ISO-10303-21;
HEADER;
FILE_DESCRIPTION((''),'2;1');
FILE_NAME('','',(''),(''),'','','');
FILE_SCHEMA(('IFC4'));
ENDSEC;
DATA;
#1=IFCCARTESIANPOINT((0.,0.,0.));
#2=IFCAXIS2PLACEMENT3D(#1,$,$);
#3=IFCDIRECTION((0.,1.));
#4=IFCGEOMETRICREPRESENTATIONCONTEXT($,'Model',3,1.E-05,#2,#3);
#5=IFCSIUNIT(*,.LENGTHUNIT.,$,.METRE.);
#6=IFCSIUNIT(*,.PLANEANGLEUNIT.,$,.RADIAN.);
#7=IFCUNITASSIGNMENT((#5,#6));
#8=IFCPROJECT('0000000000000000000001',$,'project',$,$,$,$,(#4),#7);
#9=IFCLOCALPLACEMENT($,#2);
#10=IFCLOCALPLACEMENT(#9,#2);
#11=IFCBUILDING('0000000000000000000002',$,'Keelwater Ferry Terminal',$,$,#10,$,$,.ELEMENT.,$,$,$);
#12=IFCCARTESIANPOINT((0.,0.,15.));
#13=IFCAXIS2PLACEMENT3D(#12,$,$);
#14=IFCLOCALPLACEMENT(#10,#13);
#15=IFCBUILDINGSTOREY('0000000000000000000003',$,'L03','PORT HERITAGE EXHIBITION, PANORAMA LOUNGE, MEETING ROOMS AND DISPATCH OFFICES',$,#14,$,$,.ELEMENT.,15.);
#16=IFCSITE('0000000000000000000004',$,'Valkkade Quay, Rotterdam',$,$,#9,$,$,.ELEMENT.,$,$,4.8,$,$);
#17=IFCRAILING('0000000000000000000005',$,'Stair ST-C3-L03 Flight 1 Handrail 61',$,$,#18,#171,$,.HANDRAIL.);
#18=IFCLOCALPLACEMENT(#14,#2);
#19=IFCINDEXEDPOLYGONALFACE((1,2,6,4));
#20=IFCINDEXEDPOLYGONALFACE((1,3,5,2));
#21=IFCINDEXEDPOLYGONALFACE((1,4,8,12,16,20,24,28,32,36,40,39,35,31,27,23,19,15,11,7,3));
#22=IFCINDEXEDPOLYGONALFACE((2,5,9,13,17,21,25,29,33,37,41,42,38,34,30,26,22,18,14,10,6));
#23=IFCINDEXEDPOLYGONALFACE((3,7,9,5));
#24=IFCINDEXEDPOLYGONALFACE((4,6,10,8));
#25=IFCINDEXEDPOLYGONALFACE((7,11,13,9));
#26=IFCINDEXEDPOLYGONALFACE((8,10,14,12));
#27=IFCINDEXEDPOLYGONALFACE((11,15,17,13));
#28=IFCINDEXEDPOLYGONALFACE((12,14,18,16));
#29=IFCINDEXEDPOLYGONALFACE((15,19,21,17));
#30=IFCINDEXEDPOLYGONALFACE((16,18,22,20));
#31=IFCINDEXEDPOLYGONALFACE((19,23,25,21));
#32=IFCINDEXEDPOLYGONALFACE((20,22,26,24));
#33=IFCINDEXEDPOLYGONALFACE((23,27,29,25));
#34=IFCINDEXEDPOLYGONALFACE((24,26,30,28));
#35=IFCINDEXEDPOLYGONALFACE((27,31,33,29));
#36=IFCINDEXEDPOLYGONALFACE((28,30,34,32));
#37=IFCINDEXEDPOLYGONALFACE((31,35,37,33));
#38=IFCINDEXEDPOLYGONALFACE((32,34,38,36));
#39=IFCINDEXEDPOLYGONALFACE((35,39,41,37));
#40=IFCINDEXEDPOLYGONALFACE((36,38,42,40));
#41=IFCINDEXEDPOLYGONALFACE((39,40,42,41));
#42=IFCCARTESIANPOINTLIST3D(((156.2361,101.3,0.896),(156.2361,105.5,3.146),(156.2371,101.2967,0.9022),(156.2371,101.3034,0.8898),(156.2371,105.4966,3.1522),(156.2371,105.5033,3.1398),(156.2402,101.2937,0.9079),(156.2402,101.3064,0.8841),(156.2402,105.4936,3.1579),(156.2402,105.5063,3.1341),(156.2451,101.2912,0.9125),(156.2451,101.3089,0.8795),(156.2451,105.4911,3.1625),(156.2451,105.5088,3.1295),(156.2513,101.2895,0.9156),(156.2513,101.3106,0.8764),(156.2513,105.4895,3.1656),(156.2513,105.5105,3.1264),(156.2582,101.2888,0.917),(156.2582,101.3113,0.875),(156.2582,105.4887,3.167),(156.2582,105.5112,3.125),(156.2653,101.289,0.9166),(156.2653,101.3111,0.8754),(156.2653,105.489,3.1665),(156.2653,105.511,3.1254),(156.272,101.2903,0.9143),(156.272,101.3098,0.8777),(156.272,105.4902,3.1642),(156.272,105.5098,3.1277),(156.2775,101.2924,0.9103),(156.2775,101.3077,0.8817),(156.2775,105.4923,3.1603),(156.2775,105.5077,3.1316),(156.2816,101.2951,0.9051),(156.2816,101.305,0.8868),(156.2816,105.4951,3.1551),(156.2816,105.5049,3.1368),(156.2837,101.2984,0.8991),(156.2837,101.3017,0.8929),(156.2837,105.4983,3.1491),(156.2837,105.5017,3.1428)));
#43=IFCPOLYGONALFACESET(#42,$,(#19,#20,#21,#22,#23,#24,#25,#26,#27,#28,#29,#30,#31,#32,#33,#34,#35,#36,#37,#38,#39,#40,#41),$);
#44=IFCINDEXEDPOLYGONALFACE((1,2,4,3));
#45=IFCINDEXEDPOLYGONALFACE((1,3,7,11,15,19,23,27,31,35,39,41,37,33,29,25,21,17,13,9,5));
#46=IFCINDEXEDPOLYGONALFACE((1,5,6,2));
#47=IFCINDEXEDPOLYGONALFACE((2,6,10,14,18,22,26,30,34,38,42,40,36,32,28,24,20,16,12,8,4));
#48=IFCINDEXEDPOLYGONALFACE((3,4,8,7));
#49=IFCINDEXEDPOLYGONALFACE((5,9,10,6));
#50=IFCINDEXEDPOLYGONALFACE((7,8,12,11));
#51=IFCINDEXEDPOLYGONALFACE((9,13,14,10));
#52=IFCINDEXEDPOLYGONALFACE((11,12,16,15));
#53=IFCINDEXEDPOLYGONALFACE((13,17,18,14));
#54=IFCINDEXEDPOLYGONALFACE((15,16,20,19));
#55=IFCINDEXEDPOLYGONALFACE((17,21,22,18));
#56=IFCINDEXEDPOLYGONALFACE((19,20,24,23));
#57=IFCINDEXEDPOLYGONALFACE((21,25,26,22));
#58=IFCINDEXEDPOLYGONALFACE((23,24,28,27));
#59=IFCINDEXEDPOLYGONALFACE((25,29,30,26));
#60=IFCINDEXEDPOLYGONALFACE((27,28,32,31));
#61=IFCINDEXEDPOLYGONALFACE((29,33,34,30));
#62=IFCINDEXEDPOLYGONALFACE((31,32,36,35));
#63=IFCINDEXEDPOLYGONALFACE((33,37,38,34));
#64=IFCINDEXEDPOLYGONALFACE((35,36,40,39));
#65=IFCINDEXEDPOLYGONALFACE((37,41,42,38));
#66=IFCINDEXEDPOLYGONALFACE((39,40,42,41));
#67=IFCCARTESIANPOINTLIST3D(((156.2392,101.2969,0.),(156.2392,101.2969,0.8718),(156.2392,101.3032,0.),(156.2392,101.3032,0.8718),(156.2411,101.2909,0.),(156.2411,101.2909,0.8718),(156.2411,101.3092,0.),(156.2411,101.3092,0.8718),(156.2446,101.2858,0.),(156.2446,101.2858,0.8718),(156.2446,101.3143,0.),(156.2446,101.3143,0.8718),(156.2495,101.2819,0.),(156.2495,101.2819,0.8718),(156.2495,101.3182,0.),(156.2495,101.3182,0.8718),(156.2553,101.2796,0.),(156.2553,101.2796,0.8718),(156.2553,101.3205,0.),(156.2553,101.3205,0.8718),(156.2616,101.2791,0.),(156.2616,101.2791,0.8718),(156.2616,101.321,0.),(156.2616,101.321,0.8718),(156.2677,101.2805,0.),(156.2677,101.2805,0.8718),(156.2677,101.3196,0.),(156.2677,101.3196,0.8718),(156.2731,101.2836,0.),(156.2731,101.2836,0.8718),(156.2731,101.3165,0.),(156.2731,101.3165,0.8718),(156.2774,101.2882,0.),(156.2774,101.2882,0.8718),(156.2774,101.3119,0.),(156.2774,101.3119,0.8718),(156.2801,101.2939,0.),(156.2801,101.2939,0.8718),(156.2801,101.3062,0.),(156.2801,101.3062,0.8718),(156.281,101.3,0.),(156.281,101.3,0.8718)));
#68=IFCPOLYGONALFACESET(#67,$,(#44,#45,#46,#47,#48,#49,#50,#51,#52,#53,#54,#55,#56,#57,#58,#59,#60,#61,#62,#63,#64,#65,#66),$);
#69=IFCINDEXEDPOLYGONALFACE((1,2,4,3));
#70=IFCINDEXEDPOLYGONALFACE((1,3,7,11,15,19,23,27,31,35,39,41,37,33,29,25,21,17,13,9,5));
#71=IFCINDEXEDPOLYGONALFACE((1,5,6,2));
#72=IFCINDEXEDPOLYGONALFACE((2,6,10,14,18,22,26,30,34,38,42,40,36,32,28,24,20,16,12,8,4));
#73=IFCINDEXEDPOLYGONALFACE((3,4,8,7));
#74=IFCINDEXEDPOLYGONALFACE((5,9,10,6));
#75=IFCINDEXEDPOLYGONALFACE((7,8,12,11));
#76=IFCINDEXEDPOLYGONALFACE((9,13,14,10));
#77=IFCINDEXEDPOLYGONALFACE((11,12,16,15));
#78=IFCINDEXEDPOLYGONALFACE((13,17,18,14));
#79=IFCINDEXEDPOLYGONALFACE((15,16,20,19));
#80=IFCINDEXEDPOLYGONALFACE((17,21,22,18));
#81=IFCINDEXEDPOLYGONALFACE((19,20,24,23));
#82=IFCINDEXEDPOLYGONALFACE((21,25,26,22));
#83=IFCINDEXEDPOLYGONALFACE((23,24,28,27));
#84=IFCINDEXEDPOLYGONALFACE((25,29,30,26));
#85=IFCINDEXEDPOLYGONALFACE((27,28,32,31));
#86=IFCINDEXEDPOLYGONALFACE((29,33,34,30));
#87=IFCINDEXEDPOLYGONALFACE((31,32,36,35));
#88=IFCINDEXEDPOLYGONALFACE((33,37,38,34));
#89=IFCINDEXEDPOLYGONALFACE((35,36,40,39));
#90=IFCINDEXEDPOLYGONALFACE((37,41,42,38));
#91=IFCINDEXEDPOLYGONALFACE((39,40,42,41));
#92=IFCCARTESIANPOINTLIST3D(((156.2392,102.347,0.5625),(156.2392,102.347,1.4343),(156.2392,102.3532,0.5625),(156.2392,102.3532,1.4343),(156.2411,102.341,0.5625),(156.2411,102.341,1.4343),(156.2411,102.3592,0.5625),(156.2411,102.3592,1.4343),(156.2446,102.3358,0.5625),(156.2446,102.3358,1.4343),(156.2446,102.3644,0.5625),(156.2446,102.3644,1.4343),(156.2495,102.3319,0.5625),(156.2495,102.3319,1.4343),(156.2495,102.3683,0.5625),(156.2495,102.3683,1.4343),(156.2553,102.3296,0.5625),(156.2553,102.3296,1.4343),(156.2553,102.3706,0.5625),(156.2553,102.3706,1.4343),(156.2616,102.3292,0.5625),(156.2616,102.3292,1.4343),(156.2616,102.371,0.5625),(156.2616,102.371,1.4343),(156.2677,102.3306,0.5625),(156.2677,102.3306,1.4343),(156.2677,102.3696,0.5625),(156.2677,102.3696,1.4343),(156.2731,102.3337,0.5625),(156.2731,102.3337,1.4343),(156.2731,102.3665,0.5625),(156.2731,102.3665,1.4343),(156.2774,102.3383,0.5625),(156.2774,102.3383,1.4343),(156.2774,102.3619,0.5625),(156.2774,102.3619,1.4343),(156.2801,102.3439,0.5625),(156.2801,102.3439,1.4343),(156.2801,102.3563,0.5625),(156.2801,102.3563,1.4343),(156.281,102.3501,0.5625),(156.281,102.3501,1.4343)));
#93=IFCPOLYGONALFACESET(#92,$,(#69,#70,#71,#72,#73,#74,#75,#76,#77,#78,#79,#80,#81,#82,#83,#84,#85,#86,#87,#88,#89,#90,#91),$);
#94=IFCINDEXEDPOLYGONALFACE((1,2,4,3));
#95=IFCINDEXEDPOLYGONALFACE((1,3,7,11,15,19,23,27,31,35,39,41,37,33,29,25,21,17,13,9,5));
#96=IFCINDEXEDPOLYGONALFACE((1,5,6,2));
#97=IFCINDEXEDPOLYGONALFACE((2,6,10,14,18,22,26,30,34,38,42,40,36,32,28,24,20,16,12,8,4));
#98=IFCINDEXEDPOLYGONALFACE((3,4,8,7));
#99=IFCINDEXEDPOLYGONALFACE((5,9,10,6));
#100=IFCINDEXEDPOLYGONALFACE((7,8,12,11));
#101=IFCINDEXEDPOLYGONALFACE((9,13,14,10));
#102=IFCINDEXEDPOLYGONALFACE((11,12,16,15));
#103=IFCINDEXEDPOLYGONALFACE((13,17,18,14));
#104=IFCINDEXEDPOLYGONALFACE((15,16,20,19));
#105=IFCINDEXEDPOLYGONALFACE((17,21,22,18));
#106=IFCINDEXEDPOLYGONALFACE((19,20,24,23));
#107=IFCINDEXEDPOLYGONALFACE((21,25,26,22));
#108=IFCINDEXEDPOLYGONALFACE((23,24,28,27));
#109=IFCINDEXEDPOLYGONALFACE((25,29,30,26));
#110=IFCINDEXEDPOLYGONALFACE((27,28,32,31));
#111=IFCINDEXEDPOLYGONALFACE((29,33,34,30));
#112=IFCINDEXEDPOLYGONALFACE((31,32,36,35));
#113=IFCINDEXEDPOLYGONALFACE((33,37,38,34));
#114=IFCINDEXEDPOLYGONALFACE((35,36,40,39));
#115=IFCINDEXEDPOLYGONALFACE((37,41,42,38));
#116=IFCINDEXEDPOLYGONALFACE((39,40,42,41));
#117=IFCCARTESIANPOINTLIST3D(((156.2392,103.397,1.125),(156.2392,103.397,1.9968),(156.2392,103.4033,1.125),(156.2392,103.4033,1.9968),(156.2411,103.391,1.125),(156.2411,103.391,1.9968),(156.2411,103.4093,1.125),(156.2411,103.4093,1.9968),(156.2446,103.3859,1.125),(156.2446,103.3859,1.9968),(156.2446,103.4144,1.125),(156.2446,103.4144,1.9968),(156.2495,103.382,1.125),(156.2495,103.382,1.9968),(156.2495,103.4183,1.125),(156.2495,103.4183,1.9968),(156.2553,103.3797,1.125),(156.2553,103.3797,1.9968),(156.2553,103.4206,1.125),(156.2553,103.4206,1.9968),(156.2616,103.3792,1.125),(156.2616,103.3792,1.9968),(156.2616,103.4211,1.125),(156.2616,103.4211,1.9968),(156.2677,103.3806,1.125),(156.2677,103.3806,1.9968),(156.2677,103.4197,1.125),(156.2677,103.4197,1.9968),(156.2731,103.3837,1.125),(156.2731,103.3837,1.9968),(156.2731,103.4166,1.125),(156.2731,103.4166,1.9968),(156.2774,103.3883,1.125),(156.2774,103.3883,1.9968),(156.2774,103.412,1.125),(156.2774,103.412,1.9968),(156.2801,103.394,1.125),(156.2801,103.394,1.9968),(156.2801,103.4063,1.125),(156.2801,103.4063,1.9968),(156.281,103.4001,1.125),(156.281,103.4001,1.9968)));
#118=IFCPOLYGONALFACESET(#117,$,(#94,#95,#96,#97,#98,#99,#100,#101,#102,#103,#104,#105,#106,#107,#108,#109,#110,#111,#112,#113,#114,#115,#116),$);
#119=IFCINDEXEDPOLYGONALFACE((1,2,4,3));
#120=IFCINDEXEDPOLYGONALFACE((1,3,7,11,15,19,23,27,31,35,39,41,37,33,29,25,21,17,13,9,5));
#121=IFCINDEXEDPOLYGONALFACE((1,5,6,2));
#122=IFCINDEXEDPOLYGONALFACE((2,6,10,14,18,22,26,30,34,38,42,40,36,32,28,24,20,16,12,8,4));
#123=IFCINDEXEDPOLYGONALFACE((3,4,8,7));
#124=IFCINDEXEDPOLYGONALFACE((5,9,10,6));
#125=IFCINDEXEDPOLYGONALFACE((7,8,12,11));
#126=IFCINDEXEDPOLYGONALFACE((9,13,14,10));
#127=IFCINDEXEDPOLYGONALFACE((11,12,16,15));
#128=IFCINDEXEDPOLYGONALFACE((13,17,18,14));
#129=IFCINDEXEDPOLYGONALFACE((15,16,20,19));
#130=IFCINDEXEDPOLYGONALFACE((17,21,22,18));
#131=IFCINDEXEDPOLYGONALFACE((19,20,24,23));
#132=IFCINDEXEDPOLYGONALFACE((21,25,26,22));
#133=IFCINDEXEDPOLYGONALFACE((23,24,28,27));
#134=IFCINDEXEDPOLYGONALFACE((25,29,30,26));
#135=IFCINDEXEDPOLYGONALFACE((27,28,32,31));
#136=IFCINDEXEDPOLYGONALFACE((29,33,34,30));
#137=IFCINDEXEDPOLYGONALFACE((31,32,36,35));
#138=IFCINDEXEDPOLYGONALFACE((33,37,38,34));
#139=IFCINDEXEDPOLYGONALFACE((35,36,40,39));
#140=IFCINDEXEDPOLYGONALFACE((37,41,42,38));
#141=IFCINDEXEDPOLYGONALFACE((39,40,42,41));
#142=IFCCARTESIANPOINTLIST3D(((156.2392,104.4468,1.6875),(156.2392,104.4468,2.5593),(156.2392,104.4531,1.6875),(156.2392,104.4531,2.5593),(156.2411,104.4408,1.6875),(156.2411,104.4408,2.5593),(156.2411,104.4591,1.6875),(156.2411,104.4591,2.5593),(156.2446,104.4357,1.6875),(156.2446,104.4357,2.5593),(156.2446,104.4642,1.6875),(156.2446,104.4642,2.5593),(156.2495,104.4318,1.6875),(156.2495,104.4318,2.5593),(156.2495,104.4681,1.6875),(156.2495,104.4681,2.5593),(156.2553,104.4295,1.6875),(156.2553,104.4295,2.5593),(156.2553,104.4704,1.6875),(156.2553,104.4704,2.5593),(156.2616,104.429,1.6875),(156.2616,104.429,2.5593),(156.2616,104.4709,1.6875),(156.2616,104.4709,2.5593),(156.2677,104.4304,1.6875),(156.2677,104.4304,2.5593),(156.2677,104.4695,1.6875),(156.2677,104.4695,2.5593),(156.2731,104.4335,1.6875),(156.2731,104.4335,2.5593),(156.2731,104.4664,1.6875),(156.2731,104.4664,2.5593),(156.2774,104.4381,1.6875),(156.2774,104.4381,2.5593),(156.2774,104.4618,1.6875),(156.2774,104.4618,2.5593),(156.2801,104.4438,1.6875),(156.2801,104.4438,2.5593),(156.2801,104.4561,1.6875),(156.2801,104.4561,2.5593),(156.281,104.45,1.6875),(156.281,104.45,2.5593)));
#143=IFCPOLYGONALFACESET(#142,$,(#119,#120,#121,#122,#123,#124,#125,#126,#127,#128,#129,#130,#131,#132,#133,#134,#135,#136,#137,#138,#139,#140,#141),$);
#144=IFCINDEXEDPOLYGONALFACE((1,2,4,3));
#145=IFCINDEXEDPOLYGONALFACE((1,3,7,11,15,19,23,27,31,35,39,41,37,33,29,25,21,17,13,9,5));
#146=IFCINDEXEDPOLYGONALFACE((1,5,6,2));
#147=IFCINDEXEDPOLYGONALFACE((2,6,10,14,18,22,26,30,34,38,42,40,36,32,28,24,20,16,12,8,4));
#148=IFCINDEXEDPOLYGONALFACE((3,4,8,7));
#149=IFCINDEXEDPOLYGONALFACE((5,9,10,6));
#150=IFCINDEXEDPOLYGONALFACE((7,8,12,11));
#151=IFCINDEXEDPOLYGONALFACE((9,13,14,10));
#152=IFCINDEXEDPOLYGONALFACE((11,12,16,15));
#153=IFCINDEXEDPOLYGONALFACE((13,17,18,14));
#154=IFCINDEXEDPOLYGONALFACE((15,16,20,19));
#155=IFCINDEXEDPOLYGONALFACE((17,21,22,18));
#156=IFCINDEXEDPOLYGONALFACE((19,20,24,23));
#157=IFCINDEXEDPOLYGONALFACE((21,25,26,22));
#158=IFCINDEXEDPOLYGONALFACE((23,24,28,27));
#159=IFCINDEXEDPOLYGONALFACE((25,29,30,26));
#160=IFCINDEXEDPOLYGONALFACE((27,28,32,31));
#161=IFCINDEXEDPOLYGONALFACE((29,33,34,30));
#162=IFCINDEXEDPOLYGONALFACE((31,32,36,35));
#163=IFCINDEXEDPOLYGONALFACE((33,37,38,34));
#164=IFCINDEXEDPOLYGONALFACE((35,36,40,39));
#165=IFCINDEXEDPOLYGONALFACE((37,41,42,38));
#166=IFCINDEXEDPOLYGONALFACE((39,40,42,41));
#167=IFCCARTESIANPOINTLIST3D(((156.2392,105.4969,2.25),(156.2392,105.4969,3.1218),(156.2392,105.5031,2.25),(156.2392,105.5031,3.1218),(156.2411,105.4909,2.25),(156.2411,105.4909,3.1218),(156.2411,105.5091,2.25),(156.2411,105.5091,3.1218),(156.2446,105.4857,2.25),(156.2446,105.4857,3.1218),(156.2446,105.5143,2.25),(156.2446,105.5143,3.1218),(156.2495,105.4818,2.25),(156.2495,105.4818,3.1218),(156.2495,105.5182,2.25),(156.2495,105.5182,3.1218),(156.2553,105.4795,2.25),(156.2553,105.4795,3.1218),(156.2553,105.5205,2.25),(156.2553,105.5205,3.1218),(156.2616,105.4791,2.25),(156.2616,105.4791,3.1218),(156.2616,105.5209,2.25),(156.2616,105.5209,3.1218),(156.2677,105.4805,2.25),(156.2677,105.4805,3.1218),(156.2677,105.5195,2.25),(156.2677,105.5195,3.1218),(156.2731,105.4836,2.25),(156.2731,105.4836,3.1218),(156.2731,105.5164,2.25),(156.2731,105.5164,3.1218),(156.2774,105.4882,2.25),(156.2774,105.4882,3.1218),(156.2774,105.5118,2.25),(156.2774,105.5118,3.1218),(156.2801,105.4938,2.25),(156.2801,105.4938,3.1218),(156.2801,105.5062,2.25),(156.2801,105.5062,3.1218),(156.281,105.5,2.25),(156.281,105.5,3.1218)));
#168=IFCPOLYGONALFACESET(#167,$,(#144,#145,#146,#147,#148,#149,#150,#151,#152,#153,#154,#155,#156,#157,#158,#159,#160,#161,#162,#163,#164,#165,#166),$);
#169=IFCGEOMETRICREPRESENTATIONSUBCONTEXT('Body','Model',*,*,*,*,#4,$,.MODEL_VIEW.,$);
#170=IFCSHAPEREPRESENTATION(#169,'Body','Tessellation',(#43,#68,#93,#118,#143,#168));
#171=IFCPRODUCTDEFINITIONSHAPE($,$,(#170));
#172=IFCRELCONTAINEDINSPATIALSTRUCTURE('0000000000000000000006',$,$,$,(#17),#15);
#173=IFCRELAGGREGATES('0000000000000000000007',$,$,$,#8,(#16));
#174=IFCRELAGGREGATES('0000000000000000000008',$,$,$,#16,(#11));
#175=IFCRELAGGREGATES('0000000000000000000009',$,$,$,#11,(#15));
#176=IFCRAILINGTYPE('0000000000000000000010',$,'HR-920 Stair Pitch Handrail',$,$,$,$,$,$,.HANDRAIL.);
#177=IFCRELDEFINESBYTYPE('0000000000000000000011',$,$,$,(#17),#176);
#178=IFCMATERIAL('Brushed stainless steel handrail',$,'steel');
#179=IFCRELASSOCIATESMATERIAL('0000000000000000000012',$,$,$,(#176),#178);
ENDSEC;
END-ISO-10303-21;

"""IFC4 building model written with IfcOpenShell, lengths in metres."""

from ifc_helpers import new_model, si_unit, direction, frame, origin, origin_2d, place, context, subcontext, project, spatial, circle, extrude, material, type_object, element, save


model = new_model("IFC4")

# Units and contexts
model_context = context("Model", 3, precision=1e-05, world=origin(), true_north=direction((0.0, 1.0)))
body_context = subcontext(model_context, "Body", "Model", "MODEL_VIEW")
ifc_project = project(units=[si_unit("LENGTHUNIT", "METRE"), si_unit("PLANEANGLEUNIT", "RADIAN")], contexts=[model_context])

# Site, building, storey
site_placement = place(None, origin())
site = spatial("IfcSite", under=ifc_project, at=site_placement, Name="Valkkade Quay, Rotterdam", CompositionType="ELEMENT", RefElevation=4.8)
building_placement = place(site_placement, origin())
building = spatial("IfcBuilding", under=site, at=building_placement, Name="Keelwater Ferry Terminal", CompositionType="ELEMENT")
storey_placement = place(building_placement, frame((0.0, 0.0, 15.0)))
storey = spatial("IfcBuildingStorey", under=building, at=storey_placement, Name="L03", Description="PORT HERITAGE EXHIBITION, PANORAMA LOUNGE, MEETING ROOMS AND DISPATCH OFFICES", CompositionType="ELEMENT", Elevation=15.0)

# Railing
ifc_material_1 = material(Name="Brushed stainless steel handrail", Category="steel")
railing_type_1 = type_object("IfcRailingType", Name="HR-920 Stair Pitch Handrail", PredefinedType="HANDRAIL", material=ifc_material_1)
railing_1_placement = place(storey_placement, frame((156.26, 101.3, 0.0)))
element("IfcRailing", 1, at=railing_1_placement, inside=storey, type_object=railing_type_1, Name="Stair ST-C3-L03 Flight 1 Handrail 61", PredefinedType="HANDRAIL", context=body_context, shape_type="SweptSolid", body=[
    extrude(circle(Radius=0.0239, at=origin_2d()), frame((0.0, 0.0, 0.896), z_axis=(0.0, 0.881478, 0.472226), x_axis=(-1.0, 0.0, 0.0)), (0.0, 0.0, 1.0), 4.7646),
    extrude(circle(Radius=0.021, at=origin_2d()), origin(), (0.0, 0.0, 1.0), 0.8718),
    extrude(circle(Radius=0.021, at=origin_2d()), frame((0.0, 1.05, 0.5625)), (0.0, 0.0, 1.0), 0.8718),
    extrude(circle(Radius=0.021, at=origin_2d()), frame((0.0, 2.1001, 1.125)), (0.0, 0.0, 1.0), 0.8718),
    extrude(circle(Radius=0.021, at=origin_2d()), frame((0.0, 3.1499, 1.6875)), (0.0, 0.0, 1.0), 0.8718),
    extrude(circle(Radius=0.021, at=origin_2d()), frame((0.0, 4.2, 2.25)), (0.0, 0.0, 1.0), 0.8718),
])

save(model, "model.ifc")
